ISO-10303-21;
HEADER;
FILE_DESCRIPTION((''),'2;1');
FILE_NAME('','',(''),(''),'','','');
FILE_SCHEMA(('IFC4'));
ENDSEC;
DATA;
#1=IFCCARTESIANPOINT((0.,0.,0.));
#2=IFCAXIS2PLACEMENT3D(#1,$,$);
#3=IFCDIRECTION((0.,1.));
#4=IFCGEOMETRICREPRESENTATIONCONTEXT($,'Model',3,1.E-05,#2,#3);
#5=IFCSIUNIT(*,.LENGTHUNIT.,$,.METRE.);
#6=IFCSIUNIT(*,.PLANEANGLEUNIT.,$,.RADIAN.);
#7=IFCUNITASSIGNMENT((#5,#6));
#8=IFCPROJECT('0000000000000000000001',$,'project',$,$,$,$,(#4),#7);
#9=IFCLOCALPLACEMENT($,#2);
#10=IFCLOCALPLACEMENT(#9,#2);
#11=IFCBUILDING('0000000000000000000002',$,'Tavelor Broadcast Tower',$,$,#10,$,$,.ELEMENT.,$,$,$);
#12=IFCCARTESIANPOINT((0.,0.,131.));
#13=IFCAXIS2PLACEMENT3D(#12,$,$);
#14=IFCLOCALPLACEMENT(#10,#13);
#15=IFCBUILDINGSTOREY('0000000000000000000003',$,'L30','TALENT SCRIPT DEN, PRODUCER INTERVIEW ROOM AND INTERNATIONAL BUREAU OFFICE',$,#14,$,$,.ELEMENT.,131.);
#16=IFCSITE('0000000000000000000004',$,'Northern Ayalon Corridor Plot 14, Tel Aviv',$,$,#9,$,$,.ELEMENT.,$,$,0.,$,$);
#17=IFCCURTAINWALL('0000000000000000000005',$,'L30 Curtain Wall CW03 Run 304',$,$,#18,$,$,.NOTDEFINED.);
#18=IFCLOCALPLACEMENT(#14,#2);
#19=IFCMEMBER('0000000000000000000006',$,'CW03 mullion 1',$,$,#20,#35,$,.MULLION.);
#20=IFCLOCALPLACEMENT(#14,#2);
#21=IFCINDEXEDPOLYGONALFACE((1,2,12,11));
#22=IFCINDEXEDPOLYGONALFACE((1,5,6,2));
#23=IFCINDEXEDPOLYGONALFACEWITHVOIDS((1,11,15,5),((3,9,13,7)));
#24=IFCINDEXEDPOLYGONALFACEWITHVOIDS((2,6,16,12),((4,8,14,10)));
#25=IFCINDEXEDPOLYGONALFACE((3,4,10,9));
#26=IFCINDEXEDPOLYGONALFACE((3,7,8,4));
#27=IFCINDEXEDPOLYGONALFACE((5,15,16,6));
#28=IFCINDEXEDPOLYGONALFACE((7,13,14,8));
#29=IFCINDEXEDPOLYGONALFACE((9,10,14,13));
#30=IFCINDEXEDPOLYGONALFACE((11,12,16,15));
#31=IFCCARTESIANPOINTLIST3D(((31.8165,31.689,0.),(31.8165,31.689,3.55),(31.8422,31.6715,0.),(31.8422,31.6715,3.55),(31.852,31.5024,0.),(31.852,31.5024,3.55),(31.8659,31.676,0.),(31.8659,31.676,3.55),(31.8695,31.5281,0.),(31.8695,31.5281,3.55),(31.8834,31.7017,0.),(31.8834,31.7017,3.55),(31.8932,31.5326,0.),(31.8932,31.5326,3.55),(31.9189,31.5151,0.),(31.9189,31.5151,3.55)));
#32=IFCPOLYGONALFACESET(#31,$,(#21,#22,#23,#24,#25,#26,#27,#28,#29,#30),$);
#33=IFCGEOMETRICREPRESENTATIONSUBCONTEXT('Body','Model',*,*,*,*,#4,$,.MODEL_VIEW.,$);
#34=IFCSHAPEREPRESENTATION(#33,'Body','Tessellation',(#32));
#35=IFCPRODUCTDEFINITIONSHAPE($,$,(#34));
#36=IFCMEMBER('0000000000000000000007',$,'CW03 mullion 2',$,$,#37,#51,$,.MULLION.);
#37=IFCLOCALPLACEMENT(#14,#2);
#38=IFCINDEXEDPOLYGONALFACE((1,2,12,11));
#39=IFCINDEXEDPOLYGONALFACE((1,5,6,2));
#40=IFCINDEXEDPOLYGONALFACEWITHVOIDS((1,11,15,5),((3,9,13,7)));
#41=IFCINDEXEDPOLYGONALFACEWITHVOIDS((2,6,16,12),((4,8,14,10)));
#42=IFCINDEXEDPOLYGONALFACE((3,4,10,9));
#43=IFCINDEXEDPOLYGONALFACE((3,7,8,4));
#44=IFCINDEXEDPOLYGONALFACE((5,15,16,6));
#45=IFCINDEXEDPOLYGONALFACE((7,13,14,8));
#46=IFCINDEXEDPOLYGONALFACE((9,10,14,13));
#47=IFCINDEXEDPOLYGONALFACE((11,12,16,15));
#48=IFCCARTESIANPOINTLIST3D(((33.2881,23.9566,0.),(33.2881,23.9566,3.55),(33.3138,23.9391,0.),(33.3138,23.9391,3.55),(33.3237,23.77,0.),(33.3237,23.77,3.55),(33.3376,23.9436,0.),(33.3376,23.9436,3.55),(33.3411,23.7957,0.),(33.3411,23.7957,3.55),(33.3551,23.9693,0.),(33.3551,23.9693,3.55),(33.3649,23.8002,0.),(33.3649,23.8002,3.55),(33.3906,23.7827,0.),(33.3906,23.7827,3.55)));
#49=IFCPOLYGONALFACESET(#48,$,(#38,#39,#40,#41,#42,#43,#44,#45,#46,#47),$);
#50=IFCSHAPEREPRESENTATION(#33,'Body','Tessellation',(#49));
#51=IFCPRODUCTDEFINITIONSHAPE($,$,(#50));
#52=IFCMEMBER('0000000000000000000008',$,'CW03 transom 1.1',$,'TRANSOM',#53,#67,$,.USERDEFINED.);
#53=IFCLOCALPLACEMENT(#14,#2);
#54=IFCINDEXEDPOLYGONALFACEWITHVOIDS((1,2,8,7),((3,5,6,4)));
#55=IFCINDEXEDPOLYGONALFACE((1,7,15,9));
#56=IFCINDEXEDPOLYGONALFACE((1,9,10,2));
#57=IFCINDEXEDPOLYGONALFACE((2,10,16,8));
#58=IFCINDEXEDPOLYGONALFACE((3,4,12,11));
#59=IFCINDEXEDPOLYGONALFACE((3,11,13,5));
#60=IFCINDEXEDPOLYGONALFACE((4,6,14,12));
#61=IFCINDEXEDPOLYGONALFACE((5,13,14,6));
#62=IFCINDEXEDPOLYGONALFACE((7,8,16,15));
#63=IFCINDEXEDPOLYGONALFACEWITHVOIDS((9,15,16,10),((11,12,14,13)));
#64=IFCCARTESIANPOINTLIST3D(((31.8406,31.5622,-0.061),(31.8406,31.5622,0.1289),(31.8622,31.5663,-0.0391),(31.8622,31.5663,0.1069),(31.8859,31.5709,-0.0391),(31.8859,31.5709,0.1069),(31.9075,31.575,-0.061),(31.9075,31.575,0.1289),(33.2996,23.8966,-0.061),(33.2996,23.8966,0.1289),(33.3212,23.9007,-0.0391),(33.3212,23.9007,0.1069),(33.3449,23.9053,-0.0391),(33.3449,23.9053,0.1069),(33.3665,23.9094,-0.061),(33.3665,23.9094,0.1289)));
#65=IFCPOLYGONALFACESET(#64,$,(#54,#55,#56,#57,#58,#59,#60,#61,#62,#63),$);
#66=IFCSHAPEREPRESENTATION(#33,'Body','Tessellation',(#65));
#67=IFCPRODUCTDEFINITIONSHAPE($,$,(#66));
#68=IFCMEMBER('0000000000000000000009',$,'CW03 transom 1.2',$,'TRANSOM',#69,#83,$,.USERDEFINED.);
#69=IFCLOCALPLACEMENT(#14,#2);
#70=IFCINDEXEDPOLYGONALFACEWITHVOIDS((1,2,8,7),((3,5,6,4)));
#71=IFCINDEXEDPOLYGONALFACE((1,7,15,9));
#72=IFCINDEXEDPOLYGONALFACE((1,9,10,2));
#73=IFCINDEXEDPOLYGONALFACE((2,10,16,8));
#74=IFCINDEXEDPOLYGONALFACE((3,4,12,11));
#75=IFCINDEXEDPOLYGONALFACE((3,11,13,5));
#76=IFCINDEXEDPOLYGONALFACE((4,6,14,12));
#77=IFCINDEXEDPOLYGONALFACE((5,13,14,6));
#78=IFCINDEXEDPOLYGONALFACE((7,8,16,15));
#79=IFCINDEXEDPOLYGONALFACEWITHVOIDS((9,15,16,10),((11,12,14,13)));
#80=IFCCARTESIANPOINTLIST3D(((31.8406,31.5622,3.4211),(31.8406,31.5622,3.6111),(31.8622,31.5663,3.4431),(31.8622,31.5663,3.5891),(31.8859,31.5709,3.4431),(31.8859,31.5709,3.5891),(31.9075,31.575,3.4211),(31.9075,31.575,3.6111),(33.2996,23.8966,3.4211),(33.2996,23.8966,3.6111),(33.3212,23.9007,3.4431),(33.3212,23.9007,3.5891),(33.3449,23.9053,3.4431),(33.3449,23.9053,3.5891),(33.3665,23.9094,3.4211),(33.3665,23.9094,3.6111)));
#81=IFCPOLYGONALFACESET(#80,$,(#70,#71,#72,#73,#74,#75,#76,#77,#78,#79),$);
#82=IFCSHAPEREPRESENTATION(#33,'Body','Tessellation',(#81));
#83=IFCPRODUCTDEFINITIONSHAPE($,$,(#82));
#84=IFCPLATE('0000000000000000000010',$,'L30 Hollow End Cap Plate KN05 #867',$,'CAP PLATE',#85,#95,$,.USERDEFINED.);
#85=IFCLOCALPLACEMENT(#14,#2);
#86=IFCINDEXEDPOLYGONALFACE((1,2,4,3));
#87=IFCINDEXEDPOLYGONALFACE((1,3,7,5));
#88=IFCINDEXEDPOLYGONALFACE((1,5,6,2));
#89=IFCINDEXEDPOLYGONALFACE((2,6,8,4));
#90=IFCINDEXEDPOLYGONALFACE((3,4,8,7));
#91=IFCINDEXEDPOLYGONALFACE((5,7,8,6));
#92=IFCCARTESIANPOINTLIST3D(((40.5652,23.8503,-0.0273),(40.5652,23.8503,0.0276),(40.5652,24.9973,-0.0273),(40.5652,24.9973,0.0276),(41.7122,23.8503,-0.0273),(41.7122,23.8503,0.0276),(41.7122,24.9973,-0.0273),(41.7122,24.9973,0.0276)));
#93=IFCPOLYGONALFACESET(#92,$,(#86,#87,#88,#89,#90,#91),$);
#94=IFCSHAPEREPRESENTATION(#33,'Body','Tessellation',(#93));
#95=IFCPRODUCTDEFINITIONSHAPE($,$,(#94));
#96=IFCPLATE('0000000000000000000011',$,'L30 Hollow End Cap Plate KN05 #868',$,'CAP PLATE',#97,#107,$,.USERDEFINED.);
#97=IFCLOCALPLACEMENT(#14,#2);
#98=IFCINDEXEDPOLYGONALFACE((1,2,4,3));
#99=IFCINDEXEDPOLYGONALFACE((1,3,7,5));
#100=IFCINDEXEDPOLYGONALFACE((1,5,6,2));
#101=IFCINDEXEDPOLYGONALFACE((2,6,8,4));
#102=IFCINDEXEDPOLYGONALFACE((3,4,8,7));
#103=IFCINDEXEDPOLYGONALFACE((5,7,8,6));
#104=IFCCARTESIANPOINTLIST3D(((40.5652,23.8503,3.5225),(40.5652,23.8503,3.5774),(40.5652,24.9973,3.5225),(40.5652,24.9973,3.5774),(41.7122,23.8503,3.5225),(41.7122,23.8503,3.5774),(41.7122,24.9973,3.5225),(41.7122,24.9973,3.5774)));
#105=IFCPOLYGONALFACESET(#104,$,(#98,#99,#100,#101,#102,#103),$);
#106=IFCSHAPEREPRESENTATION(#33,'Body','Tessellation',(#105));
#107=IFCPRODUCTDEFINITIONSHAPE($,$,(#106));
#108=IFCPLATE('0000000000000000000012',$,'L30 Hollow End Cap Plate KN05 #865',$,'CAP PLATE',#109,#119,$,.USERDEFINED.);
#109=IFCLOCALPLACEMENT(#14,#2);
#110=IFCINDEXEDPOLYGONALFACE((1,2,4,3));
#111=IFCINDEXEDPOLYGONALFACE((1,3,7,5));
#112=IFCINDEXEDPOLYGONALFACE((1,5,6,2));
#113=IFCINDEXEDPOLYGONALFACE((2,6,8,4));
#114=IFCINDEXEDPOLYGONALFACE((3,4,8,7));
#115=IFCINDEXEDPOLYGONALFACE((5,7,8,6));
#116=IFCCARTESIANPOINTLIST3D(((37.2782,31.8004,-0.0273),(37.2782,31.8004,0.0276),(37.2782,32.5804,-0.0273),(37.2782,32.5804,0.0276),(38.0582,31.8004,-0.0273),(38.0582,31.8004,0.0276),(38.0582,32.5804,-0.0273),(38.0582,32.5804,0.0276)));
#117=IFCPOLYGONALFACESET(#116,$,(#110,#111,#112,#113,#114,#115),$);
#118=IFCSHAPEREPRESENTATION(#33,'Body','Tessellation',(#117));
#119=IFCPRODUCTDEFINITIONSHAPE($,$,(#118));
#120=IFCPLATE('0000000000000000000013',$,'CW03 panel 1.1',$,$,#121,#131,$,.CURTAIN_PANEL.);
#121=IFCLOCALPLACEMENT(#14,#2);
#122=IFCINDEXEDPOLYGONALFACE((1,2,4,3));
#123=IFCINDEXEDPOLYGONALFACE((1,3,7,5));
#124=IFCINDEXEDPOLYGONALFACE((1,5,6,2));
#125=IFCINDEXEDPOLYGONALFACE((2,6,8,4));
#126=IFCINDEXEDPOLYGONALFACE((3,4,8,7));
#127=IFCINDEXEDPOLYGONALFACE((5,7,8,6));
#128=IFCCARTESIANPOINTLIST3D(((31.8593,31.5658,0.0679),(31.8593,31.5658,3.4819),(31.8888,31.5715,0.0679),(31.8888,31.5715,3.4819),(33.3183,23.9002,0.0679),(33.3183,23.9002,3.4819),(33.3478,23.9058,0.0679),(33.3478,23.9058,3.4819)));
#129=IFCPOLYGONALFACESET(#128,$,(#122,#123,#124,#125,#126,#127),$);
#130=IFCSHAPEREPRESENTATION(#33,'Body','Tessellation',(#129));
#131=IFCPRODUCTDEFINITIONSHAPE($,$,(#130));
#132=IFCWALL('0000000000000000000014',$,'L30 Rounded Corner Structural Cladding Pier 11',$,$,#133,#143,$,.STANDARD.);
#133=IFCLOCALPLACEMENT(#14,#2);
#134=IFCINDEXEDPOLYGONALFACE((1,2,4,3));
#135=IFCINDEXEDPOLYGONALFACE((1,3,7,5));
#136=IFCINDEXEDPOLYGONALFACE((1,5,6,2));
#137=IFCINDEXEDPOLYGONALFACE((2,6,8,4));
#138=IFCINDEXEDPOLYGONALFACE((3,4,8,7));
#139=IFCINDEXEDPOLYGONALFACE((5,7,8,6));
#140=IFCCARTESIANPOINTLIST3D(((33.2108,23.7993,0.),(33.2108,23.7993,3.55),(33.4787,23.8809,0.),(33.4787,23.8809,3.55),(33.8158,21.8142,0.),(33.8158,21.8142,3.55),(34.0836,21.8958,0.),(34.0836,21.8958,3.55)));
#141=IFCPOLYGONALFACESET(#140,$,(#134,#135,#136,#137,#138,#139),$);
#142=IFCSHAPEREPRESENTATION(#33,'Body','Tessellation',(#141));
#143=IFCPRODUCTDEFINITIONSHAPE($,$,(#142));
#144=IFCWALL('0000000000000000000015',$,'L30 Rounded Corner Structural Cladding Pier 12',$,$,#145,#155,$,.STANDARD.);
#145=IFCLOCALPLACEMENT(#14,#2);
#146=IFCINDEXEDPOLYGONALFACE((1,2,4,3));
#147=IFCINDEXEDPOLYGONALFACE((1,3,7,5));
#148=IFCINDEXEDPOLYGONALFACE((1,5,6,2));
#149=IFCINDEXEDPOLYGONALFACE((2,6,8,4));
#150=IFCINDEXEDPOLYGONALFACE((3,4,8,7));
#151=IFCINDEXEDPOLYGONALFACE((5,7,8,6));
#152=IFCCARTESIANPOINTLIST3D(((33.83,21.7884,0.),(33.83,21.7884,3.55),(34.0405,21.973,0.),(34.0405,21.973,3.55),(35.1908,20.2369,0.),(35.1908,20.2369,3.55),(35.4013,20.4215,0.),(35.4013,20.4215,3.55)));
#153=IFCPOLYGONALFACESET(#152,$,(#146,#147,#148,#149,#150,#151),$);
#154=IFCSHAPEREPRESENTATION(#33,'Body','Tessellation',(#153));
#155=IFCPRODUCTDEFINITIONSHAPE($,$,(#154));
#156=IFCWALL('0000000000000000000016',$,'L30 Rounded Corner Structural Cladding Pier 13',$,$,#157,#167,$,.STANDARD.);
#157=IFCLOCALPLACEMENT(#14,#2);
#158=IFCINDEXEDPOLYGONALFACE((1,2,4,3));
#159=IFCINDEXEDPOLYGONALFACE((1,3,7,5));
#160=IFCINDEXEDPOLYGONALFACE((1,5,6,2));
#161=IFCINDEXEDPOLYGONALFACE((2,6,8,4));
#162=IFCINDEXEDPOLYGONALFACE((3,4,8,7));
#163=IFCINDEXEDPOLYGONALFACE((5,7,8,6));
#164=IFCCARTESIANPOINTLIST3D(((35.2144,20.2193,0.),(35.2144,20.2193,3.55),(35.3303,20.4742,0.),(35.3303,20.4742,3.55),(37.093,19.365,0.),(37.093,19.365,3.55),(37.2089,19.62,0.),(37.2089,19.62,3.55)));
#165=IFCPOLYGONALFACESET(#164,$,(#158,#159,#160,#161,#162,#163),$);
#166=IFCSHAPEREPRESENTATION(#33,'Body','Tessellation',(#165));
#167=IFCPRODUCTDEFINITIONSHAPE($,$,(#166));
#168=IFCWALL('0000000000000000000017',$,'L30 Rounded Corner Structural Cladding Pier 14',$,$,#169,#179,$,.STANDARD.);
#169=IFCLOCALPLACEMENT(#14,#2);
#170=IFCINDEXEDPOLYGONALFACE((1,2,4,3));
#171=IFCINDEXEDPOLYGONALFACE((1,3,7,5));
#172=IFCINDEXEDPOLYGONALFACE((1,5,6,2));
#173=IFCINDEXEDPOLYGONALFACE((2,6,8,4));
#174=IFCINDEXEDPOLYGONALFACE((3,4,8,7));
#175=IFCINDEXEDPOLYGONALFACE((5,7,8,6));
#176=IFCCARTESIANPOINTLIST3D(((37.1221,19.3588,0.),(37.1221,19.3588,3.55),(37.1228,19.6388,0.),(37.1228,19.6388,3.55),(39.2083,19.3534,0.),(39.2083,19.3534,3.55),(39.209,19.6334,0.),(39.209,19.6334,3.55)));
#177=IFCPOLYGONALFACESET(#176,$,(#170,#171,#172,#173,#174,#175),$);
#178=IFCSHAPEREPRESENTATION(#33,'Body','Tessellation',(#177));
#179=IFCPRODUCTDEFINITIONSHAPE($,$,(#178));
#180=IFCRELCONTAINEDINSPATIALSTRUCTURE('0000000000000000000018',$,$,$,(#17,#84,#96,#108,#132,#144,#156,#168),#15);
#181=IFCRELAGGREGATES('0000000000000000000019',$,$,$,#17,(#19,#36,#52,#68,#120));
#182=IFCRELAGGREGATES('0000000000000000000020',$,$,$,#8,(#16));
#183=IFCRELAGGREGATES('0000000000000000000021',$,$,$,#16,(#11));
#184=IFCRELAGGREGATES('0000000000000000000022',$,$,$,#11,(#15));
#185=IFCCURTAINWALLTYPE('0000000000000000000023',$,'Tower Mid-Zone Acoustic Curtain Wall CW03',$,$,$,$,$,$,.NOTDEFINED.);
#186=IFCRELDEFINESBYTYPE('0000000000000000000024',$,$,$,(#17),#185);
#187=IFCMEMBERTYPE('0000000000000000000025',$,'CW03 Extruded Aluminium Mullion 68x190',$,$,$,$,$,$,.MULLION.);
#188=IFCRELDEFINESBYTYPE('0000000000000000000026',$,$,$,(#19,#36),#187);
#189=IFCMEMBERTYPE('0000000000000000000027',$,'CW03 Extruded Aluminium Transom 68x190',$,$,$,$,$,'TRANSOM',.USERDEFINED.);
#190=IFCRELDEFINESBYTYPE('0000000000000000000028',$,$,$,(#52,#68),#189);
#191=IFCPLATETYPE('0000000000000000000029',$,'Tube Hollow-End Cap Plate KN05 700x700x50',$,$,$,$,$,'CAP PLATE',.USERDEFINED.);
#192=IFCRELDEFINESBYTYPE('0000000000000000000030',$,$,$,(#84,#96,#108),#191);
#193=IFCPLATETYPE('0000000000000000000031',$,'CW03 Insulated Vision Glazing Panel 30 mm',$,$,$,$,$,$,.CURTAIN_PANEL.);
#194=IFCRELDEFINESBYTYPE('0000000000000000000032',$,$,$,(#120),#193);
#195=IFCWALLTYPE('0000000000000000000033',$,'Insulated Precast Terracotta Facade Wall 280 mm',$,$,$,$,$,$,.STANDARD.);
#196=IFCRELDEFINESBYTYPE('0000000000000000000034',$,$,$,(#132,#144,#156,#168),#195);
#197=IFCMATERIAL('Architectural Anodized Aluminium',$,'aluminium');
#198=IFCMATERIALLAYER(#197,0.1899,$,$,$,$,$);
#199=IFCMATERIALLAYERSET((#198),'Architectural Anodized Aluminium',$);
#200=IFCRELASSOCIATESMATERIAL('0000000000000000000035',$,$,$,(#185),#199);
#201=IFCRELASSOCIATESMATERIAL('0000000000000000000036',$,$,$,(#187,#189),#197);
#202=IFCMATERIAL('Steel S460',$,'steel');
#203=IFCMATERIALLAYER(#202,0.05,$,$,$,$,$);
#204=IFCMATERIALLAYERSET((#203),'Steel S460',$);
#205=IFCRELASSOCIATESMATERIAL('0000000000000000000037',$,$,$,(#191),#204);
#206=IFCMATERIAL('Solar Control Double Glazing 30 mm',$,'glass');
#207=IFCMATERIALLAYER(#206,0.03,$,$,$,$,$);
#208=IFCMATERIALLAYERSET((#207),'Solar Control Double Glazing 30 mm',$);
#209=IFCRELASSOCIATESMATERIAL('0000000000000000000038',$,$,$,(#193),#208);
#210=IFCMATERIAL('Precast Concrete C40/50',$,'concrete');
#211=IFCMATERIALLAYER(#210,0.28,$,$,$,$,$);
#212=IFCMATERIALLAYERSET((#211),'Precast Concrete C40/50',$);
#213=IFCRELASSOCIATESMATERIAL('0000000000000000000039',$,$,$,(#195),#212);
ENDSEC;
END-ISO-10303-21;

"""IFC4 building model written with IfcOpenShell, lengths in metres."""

from ifc_helpers import new_model, si_unit, direction, frame, frame_2d, origin, origin_2d, place, context, subcontext, project, spatial, rectangle, hollow_rectangle, extrude, source, transform, mapped, material, layer, layer_set, material_profile, profile_set, type_object, type_shapes, element, aggregate, save


model = new_model("IFC4")

# Units and contexts
model_context = context("Model", 3, precision=1e-05, world=origin(), true_north=direction((0.0, 1.0)))
body_context = subcontext(model_context, "Body", "Model", "MODEL_VIEW")
ifc_project = project(units=[si_unit("LENGTHUNIT", "METRE"), si_unit("PLANEANGLEUNIT", "RADIAN")], contexts=[model_context])

# Site, building, storey
site_placement = place(None, origin())
site = spatial("IfcSite", under=ifc_project, at=site_placement, Name="Northern Ayalon Corridor Plot 14, Tel Aviv", CompositionType="ELEMENT", RefElevation=0.0)
building_placement = place(site_placement, origin())
building = spatial("IfcBuilding", under=site, at=building_placement, Name="Tavelor Broadcast Tower", CompositionType="ELEMENT")
storey_placement = place(building_placement, frame((0.0, 0.0, 131.0)))
storey = spatial("IfcBuildingStorey", under=building, at=storey_placement, Name="L30", Description="TALENT SCRIPT DEN, PRODUCER INTERVIEW ROOM AND INTERNATIONAL BUREAU OFFICE", CompositionType="ELEMENT", Elevation=131.0)

# Shared definitions
ifc_material_1 = material(Name="Steel S460", Category="steel")

# Curtain wall, members
ifc_material_2 = material(Name="Architectural Anodized Aluminium", Category="aluminium")
ifc_layer_1 = layer(ifc_material_2, 0.1899)
ifc_layer_set_1 = layer_set([ifc_layer_1], Name="Architectural Anodized Aluminium")
curtain_wall_type = type_object("IfcCurtainWallType", Name="Tower Mid-Zone Acoustic Curtain Wall CW03", PredefinedType="NOTDEFINED", material=ifc_layer_set_1)
curtain_wall_placement = place(storey_placement, origin())
curtain_wall = element("IfcCurtainWall", 1, at=curtain_wall_placement, inside=storey, type_object=curtain_wall_type, Name="L30 Curtain Wall CW03 Run 304", PredefinedType="NOTDEFINED")
ifc_material_profile_1 = material_profile(ifc_material_2, hollow_rectangle(XDim=0.0681, YDim=0.1899, WallThickness=0.022, at=origin_2d()), Name="RHS 68x190x22")
ifc_profile_set_1 = profile_set([ifc_material_profile_1], Name="Architectural Anodized Aluminium")
member_type_1 = type_object("IfcMemberType", Name="CW03 Extruded Aluminium Mullion 68x190", PredefinedType="MULLION", material=ifc_profile_set_1)
shared_shape_1 = source(origin(), body_context, "Body", "SweptSolid", [
    extrude(hollow_rectangle(XDim=0.0681, YDim=0.1899, WallThickness=0.022, at=origin_2d()), origin(), (0.0, 0.0, 1.0), 3.55),
])
type_shapes(member_type_1, [shared_shape_1])
member_1_placement = place(storey_placement, frame((31.8677, 31.6021, 0.0), z_axis=(0.0, 0.0, 1.0), x_axis=(0.982365, 0.186973, 0.0)))
member_1 = element("IfcMember", 2, at=member_1_placement, type_object=member_type_1, Name="CW03 mullion 1", PredefinedType="MULLION", context=body_context, shape_type="MappedRepresentation", body=[
    mapped(shared_shape_1, transform((0.0, 0.0, 0.0), scale=1.0)),
])
member_2_placement = place(storey_placement, frame((33.3394, 23.8696, 0.0), z_axis=(0.0, 0.0, 1.0), x_axis=(0.982365, 0.186973, 0.0)))
member_2 = element("IfcMember", 3, at=member_2_placement, type_object=member_type_1, Name="CW03 mullion 2", PredefinedType="MULLION", context=body_context, shape_type="MappedRepresentation", body=[
    mapped(shared_shape_1, transform((0.0, 0.0, 0.0), scale=1.0)),
])
ifc_material_profile_2 = material_profile(ifc_material_2, hollow_rectangle(XDim=0.0681, YDim=0.1899, WallThickness=0.022, at=origin_2d()), Name="RHS 68x190x22")
ifc_profile_set_2 = profile_set([ifc_material_profile_2], Name="Architectural Anodized Aluminium")
member_type_2 = type_object("IfcMemberType", Name="CW03 Extruded Aluminium Transom 68x190", ElementType="TRANSOM", PredefinedType="USERDEFINED", material=ifc_profile_set_2)
shared_shape_2 = source(origin(), body_context, "Body", "SweptSolid", [
    extrude(hollow_rectangle(XDim=0.0681, YDim=0.1899, WallThickness=0.022, at=origin_2d()), origin(), (0.0, 0.0, 1.0), 7.8032),
])
type_shapes(member_type_2, [shared_shape_2])
member_3_placement = place(storey_placement, frame((31.874, 31.5686, 0.0339), z_axis=(0.186974, -0.982365, 0.0), x_axis=(0.982365, 0.186974, 0.0)))
member_3 = element("IfcMember", 4, at=member_3_placement, type_object=member_type_2, Name="CW03 transom 1.1", ObjectType="TRANSOM", PredefinedType="USERDEFINED", context=body_context, shape_type="MappedRepresentation", body=[
    mapped(shared_shape_2, transform((0.0, 0.0, 0.0), scale=1.0)),
])
member_4_placement = place(storey_placement, frame((31.874, 31.5686, 3.5161), z_axis=(0.186974, -0.982365, 0.0), x_axis=(0.982365, 0.186974, 0.0)))
member_4 = element("IfcMember", 5, at=member_4_placement, type_object=member_type_2, Name="CW03 transom 1.2", ObjectType="TRANSOM", PredefinedType="USERDEFINED", context=body_context, shape_type="MappedRepresentation", body=[
    mapped(shared_shape_2, transform((0.0, 0.0, 0.0), scale=1.0)),
])

# Plates
ifc_layer_2 = layer(ifc_material_1, 0.05)
ifc_layer_set_2 = layer_set([ifc_layer_2], Name="Steel S460")
plate_type_1 = type_object("IfcPlateType", Name="Tube Hollow-End Cap Plate KN05 700x700x50", ElementType="CAP PLATE", PredefinedType="USERDEFINED", material=ifc_layer_set_2)
shared_shape_3 = source(origin(), body_context, "Body", "SweptSolid", [
    extrude(rectangle(XDim=1.147, YDim=1.147, at=origin_2d()), origin(), (0.0, 0.0, 1.0), 0.0549),
])
for number, where, z_axis, x_axis, name in (
    (6, (41.1387, 24.4238, -0.0273), (0.0, 0.0, 1.0), (1.0, 0.0, 0.0), "L30 Hollow End Cap Plate KN05 #867"),
    (7, (41.1387, 24.4238, 3.5225), (0.0, 0.0, 1.0), (1.0, 0.0, 0.0), "L30 Hollow End Cap Plate KN05 #868"),
):
    element("IfcPlate", number, at=place(storey_placement, frame(where, z_axis=z_axis, x_axis=x_axis)), inside=storey, type_object=plate_type_1, Name=name, ObjectType="CAP PLATE", PredefinedType="USERDEFINED", context=body_context, shape_type="MappedRepresentation", body=[
        mapped(shared_shape_3, transform((0.0, 0.0, 0.0), scale=1.0)),
    ])
shared_shape_4 = source(origin(), body_context, "Body", "SweptSolid", [
    extrude(rectangle(XDim=0.78, YDim=0.78, at=origin_2d()), origin(), (0.0, 0.0, 1.0), 0.0549),
])
type_shapes(plate_type_1, [shared_shape_3, shared_shape_4])
plate_1_placement = place(storey_placement, frame((37.6682, 32.1904, -0.0273), z_axis=(0.0, 0.0, 1.0), x_axis=(1.0, 0.0, 0.0)))
element("IfcPlate", 8, at=plate_1_placement, inside=storey, type_object=plate_type_1, Name="L30 Hollow End Cap Plate KN05 #865", ObjectType="CAP PLATE", PredefinedType="USERDEFINED", context=body_context, shape_type="MappedRepresentation", body=[
    mapped(shared_shape_4, transform((0.0, 0.0, 0.0), scale=1.0)),
])

# Plate
ifc_material_3 = material(Name="Solar Control Double Glazing 30 mm", Category="glass")
ifc_layer_3 = layer(ifc_material_3, 0.03)
ifc_layer_set_3 = layer_set([ifc_layer_3], Name="Solar Control Double Glazing 30 mm")
plate_type_2 = type_object("IfcPlateType", Name="CW03 Insulated Vision Glazing Panel 30 mm", PredefinedType="CURTAIN_PANEL", material=ifc_layer_set_3)
shared_shape_5 = source(origin(), body_context, "Body", "SweptSolid", [
    extrude(rectangle(XDim=7.8032, YDim=0.03, at=origin_2d()), origin(), (0.0, 0.0, 1.0), 3.4141),
])
type_shapes(plate_type_2, [shared_shape_5])
plate_2_placement = place(storey_placement, frame((32.6035, 27.7358, 0.0679), z_axis=(0.0, 0.0, 1.0), x_axis=(0.186973, -0.982365, 0.0)))
plate_2 = element("IfcPlate", 9, at=plate_2_placement, type_object=plate_type_2, Name="CW03 panel 1.1", PredefinedType="CURTAIN_PANEL", context=body_context, shape_type="MappedRepresentation", body=[
    mapped(shared_shape_5, transform((0.0, 0.0, 0.0), scale=1.0)),
])
aggregate(curtain_wall, [member_1, member_2, member_3, member_4, plate_2])

# Walls
ifc_material_4 = material(Name="Precast Concrete C40/50", Category="concrete")
ifc_layer_4 = layer(ifc_material_4, 0.28)
ifc_layer_set_4 = layer_set([ifc_layer_4], Name="Precast Concrete C40/50")
wall_type_1 = type_object("IfcWallType", Name="Insulated Precast Terracotta Facade Wall 280 mm", PredefinedType="STANDARD", material=ifc_layer_set_4)
wall_1_placement = place(storey_placement, frame((33.3447, 23.8401, 0.0), z_axis=(0.0, 0.0, 1.0), x_axis=(0.291522, -0.956564, 0.0)))
element("IfcWall", 10, at=wall_1_placement, inside=storey, type_object=wall_type_1, Name="L30 Rounded Corner Structural Cladding Pier 11", PredefinedType="STANDARD", context=body_context, shape_type="SweptSolid", body=[
    extrude(rectangle(XDim=2.0752, YDim=0.28, at=frame_2d((1.0376, 0.0))), origin(), (0.0, 0.0, 1.0), 3.55),
])
for number, where, z_axis, x_axis, name in (
    (11, (33.9353, 21.8806, 0.0), (0.0, 0.0, 1.0), (0.6594, -0.751792, 0.0), "L30 Rounded Corner Structural Cladding Pier 12"),
    (12, (35.2725, 20.3467, 0.0), (0.0, 0.0, 1.0), (0.91031, -0.413928, 0.0), "L30 Rounded Corner Structural Cladding Pier 13"),
):
    element("IfcWall", number, at=place(storey_placement, frame(where, z_axis=z_axis, x_axis=x_axis)), inside=storey, type_object=wall_type_1, Name=name, PredefinedType="STANDARD", context=body_context, shape_type="SweptSolid", body=[
        extrude(rectangle(XDim=2.0637, YDim=0.28, at=frame_2d((1.0317, 0.0))), origin(), (0.0, 0.0, 1.0), 3.55),
    ])
wall_2_placement = place(storey_placement, frame((37.1226, 19.4988, 0.0), z_axis=(0.0, 0.0, 1.0), x_axis=(0.999997, -0.002575, 0.0)))
element("IfcWall", 13, at=wall_2_placement, inside=storey, type_object=wall_type_1, Name="L30 Rounded Corner Structural Cladding Pier 14", PredefinedType="STANDARD", context=body_context, shape_type="SweptSolid", body=[
    extrude(rectangle(XDim=2.0862, YDim=0.28, at=frame_2d((1.043, 0.0))), origin(), (0.0, 0.0, 1.0), 3.55),
])

save(model, "model.ifc")
